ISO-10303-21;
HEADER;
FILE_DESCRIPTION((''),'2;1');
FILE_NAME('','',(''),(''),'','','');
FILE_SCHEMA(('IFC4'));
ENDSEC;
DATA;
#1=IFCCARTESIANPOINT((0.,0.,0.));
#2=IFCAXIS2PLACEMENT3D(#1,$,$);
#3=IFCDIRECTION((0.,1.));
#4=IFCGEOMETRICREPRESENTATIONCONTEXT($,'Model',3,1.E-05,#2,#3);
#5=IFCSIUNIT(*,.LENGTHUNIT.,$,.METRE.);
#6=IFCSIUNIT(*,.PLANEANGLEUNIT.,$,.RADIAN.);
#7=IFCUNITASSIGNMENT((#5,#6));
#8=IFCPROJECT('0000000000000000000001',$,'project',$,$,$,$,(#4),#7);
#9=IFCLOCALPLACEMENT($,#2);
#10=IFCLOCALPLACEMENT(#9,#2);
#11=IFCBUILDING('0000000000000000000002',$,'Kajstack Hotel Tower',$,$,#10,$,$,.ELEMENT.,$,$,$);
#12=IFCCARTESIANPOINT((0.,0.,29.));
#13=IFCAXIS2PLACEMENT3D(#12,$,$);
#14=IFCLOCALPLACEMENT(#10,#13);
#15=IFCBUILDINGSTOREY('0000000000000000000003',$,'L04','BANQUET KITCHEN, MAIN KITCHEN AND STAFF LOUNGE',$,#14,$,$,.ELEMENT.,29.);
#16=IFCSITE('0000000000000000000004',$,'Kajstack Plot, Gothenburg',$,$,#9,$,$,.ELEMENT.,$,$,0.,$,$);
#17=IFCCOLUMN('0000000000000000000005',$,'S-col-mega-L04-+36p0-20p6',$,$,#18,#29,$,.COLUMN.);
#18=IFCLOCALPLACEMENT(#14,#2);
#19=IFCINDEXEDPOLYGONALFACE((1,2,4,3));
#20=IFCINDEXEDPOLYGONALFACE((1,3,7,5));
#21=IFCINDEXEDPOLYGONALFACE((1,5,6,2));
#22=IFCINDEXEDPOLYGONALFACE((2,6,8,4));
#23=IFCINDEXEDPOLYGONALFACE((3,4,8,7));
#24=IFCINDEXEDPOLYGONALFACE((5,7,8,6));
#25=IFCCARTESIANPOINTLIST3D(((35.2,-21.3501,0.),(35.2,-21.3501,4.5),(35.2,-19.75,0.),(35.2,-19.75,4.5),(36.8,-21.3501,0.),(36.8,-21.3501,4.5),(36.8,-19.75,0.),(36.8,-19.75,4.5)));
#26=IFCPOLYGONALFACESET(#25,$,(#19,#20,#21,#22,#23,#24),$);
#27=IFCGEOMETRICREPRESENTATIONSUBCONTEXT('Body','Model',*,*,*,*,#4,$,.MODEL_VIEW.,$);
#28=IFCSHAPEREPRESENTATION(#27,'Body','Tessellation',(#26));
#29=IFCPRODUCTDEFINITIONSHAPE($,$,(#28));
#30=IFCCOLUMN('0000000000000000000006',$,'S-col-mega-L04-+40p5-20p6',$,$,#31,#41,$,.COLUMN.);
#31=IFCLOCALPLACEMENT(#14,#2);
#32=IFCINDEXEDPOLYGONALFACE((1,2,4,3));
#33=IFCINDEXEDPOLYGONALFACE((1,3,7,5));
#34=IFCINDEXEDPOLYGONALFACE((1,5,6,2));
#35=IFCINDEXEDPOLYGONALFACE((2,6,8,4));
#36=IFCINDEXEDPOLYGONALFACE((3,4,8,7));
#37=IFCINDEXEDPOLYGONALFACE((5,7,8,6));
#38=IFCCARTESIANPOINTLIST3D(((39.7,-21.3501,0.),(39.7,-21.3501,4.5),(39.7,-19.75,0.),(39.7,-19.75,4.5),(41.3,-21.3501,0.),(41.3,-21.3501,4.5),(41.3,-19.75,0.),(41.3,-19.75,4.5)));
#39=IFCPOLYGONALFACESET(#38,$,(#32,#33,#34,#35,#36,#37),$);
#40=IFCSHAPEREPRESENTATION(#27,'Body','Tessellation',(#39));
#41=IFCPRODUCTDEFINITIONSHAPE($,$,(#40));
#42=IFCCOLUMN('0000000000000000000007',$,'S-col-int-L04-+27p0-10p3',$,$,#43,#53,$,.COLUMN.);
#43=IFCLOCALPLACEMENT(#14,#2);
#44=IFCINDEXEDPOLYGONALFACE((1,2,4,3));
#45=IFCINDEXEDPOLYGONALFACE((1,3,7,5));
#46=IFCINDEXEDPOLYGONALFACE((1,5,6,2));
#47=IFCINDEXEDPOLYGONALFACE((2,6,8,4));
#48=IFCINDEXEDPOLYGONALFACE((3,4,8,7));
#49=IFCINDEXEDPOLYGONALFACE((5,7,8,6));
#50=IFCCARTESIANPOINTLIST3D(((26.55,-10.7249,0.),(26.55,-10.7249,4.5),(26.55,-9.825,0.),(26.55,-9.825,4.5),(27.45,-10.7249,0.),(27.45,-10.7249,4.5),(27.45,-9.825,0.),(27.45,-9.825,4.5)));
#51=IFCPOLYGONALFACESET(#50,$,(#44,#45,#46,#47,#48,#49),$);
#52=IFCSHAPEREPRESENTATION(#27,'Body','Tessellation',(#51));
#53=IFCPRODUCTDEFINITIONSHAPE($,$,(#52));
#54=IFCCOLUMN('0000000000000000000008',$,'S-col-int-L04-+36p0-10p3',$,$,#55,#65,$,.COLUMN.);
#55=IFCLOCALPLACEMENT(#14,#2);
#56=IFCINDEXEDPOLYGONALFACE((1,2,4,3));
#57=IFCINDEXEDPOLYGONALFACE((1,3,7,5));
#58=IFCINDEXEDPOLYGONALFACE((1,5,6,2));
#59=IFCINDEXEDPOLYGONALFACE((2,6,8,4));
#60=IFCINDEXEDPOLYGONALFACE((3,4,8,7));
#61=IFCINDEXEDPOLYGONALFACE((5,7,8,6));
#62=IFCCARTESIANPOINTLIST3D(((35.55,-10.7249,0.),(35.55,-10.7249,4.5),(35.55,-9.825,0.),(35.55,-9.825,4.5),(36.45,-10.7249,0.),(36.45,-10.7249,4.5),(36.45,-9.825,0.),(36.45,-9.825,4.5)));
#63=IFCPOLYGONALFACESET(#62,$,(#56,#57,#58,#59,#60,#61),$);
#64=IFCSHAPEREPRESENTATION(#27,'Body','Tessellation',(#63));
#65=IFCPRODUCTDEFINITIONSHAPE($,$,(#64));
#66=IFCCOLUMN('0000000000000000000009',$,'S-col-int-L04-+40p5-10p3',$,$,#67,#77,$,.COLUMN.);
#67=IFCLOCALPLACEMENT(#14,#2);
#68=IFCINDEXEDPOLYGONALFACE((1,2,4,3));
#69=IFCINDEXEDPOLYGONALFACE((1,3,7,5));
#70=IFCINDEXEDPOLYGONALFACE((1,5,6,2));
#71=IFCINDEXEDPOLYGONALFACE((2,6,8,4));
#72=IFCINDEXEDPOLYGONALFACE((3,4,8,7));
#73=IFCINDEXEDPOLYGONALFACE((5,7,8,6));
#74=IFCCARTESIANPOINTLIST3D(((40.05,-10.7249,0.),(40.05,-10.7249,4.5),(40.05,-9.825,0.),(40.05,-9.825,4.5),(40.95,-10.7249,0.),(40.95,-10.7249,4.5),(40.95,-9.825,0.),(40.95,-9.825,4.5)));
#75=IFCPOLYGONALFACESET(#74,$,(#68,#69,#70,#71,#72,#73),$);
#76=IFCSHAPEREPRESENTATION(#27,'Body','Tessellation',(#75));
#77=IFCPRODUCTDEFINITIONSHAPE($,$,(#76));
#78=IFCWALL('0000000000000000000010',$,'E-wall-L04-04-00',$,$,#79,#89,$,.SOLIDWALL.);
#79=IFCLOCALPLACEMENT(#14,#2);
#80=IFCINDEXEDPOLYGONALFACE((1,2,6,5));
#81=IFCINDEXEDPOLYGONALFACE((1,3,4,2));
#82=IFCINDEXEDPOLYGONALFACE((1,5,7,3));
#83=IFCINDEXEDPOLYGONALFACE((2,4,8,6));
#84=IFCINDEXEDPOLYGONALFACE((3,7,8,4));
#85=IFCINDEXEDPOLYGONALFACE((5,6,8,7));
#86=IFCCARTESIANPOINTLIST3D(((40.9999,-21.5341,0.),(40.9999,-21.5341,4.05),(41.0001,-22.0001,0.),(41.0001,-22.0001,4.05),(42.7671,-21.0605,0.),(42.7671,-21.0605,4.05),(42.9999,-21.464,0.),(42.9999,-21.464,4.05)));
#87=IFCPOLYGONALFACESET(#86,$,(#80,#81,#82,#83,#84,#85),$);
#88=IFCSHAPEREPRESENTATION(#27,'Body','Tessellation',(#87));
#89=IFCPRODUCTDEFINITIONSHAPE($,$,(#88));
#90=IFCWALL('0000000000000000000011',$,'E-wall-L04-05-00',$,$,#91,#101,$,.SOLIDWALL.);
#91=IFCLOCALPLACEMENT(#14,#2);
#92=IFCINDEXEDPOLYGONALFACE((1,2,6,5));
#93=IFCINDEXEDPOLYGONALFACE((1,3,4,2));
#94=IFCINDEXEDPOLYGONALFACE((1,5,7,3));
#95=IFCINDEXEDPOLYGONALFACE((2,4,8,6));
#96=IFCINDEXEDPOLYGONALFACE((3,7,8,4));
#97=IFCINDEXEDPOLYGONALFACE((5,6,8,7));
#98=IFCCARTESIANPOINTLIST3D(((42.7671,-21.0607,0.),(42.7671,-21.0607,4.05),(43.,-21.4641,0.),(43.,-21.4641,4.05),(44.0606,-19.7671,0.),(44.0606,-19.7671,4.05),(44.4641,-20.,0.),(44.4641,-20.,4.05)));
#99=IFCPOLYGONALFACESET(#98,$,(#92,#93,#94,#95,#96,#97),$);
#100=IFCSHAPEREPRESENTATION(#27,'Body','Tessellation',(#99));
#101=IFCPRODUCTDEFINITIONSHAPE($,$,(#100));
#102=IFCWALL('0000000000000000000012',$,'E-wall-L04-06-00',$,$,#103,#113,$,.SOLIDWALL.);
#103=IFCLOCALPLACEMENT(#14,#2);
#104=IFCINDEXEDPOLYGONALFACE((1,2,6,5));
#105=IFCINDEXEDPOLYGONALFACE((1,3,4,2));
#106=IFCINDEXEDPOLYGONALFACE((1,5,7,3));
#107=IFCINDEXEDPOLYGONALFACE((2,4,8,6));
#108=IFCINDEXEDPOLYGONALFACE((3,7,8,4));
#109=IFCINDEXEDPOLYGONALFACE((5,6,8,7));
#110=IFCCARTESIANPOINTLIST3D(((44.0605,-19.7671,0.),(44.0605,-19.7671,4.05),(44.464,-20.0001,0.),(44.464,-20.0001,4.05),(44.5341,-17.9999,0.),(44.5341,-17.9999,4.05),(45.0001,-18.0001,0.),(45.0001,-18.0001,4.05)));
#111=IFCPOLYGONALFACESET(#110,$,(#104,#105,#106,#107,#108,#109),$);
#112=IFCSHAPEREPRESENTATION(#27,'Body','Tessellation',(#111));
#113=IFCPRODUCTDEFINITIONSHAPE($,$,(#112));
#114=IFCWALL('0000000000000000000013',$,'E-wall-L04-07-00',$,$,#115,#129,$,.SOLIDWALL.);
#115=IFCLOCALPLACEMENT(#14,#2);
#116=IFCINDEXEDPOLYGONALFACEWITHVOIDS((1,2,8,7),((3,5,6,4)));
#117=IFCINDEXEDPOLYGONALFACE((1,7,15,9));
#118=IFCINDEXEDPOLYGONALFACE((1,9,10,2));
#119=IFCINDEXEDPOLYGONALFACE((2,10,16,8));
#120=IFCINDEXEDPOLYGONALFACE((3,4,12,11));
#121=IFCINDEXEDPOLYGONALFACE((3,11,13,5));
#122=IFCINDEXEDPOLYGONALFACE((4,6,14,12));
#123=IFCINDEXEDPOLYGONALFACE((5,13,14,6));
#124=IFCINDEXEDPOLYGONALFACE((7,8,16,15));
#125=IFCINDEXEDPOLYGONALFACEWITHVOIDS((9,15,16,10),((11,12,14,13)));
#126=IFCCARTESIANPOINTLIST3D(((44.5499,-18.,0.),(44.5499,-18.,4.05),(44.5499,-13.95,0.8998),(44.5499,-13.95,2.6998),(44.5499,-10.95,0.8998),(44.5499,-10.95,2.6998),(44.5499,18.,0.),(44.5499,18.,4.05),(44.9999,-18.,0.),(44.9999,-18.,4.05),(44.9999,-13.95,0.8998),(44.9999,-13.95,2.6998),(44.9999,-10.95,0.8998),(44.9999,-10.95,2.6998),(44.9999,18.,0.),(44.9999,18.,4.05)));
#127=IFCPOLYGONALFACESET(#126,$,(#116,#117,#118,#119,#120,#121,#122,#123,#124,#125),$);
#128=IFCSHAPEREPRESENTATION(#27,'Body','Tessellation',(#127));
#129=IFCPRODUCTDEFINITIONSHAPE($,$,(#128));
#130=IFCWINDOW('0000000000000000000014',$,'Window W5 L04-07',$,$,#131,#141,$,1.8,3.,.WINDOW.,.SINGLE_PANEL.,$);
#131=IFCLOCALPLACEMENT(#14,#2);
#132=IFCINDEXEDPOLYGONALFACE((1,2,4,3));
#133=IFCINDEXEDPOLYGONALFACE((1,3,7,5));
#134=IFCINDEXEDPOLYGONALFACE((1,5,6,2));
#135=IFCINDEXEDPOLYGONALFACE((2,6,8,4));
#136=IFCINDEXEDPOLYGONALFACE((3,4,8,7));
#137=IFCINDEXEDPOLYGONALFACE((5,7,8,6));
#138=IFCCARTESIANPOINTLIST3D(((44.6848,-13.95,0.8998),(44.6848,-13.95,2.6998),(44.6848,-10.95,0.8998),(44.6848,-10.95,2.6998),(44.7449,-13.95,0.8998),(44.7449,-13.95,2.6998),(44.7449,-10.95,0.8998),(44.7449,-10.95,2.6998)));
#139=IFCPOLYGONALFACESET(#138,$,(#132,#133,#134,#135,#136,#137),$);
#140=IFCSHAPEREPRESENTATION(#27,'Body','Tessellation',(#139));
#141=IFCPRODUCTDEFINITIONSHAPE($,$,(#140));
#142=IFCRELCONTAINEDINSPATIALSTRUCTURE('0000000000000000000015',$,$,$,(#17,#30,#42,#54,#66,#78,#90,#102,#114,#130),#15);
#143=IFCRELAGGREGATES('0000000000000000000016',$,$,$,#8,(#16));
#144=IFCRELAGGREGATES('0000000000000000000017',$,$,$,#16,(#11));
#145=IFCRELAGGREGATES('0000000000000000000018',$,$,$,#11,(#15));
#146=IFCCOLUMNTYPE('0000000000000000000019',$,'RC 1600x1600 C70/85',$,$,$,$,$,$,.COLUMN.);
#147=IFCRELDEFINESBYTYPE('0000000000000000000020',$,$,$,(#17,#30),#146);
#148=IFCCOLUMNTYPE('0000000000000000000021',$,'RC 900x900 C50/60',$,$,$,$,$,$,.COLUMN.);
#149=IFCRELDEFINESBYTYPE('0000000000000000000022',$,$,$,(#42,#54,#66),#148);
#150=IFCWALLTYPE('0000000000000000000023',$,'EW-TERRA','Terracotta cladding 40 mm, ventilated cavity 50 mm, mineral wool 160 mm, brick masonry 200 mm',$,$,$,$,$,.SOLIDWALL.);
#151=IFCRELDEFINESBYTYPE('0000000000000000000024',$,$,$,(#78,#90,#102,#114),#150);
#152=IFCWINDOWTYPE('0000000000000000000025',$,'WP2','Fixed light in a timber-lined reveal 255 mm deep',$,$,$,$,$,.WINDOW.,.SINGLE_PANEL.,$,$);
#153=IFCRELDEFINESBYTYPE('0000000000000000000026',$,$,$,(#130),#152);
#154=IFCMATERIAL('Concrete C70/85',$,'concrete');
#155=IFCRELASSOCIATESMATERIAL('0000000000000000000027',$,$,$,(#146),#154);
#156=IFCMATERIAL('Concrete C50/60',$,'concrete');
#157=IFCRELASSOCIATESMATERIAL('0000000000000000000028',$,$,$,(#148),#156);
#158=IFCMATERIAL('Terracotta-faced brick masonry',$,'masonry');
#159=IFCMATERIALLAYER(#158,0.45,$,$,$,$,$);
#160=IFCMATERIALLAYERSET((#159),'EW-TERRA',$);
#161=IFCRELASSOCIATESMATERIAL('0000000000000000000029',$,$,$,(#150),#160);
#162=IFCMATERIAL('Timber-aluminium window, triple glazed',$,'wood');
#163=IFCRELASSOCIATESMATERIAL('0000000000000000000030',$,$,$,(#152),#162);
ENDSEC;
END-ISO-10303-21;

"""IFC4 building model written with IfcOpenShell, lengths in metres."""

from ifc_helpers import new_model, si_unit, direction, frame, frame_2d, origin, origin_2d, place, context, subcontext, project, spatial, polyline, rectangle, outline, extrude, material, layer, layer_set, material_profile, profile_set, type_object, element, fill, save


model = new_model("IFC4")

# Units and contexts
model_context = context("Model", 3, precision=1e-05, world=origin(), true_north=direction((0.0, 1.0)))
body_context = subcontext(model_context, "Body", "Model", "MODEL_VIEW")
ifc_project = project(units=[si_unit("LENGTHUNIT", "METRE"), si_unit("PLANEANGLEUNIT", "RADIAN")], contexts=[model_context])

# Site, building, storey
site_placement = place(None, origin())
site = spatial("IfcSite", under=ifc_project, at=site_placement, Name="Kajstack Plot, Gothenburg", CompositionType="ELEMENT", RefElevation=0.0)
building_placement = place(site_placement, origin())
building = spatial("IfcBuilding", under=site, at=building_placement, Name="Kajstack Hotel Tower", CompositionType="ELEMENT")
storey_placement = place(building_placement, frame((0.0, 0.0, 29.0)))
storey = spatial("IfcBuildingStorey", under=building, at=storey_placement, Name="L04", Description="BANQUET KITCHEN, MAIN KITCHEN AND STAFF LOUNGE", CompositionType="ELEMENT", Elevation=29.0)

# Columns
ifc_material_1 = material(Name="Concrete C70/85", Category="concrete")
ifc_material_profile_1 = material_profile(ifc_material_1, rectangle(XDim=1.6001, YDim=1.6001, at=origin_2d()), Name="RC 1600x1600")
ifc_profile_set_1 = profile_set([ifc_material_profile_1], Name="Concrete C70/85")
column_type_1 = type_object("IfcColumnType", Name="RC 1600x1600 C70/85", PredefinedType="COLUMN", material=ifc_profile_set_1)
for number, where, z_axis, x_axis, name in (
    (1, (36.0, -20.55, 0.0), (0.0, 0.0, 1.0), (1.0, 0.0, 0.0), "S-col-mega-L04-+36p0-20p6"),
    (2, (40.5, -20.55, 0.0), (0.0, 0.0, 1.0), (1.0, 0.0, 0.0), "S-col-mega-L04-+40p5-20p6"),
):
    element("IfcColumn", number, at=place(storey_placement, frame(where, z_axis=z_axis, x_axis=x_axis)), inside=storey, type_object=column_type_1, Name=name, PredefinedType="COLUMN", context=body_context, shape_type="SweptSolid", body=[
        extrude(rectangle(XDim=1.6001, YDim=1.6001, at=origin_2d()), origin(), (0.0, 0.0, 1.0), 4.5),
    ])
ifc_material_2 = material(Name="Concrete C50/60", Category="concrete")
ifc_material_profile_2 = material_profile(ifc_material_2, rectangle(XDim=0.8999, YDim=0.8999, at=origin_2d()), Name="RC 900x900")
ifc_profile_set_2 = profile_set([ifc_material_profile_2], Name="Concrete C50/60")
column_type_2 = type_object("IfcColumnType", Name="RC 900x900 C50/60", PredefinedType="COLUMN", material=ifc_profile_set_2)
for number, where, z_axis, x_axis, name in (
    (3, (27.0, -10.2749, 0.0), (0.0, 0.0, 1.0), (1.0, 0.0, 0.0), "S-col-int-L04-+27p0-10p3"),
    (4, (36.0, -10.2749, 0.0), (0.0, 0.0, 1.0), (1.0, 0.0, 0.0), "S-col-int-L04-+36p0-10p3"),
    (5, (40.5, -10.2749, 0.0), (0.0, 0.0, 1.0), (1.0, 0.0, 0.0), "S-col-int-L04-+40p5-10p3"),
):
    element("IfcColumn", number, at=place(storey_placement, frame(where, z_axis=z_axis, x_axis=x_axis)), inside=storey, type_object=column_type_2, Name=name, PredefinedType="COLUMN", context=body_context, shape_type="SweptSolid", body=[
        extrude(rectangle(XDim=0.8999, YDim=0.8999, at=origin_2d()), origin(), (0.0, 0.0, 1.0), 4.5),
    ])

# Walls
ifc_material_3 = material(Name="Terracotta-faced brick masonry", Category="masonry")
ifc_layer_1 = layer(ifc_material_3, 0.45)
ifc_layer_set_1 = layer_set([ifc_layer_1], Name="EW-TERRA")
wall_type_1 = type_object("IfcWallType", Name="EW-TERRA", Description="Terracotta cladding 40 mm, ventilated cavity 50 mm, mineral wool 160 mm, brick masonry 200 mm", PredefinedType="SOLIDWALL", material=ifc_layer_set_1)
wall_1_placement = place(storey_placement, frame((40.9417, -21.7827, 0.0), z_axis=(0.0, 0.0, 1.0), x_axis=(0.965927, 0.258815, 0.0)))
element("IfcWall", 6, at=wall_1_placement, inside=storey, type_object=wall_type_1, Name="E-wall-L04-04-00", PredefinedType="SOLIDWALL", context=body_context, shape_type="SweptSolid", body=[
    extrude(outline(polyline([(0.0002, -0.2251), (2.0706, -0.2249), (1.9502, 0.2251), (0.1206, 0.2251), (0.0002, -0.2251)])), origin(), (0.0, 0.0, 1.0), 4.05),
])
wall_2_placement = place(storey_placement, frame((42.8408, -21.3049, 0.0), z_axis=(0.0, 0.0, 1.0), x_axis=(0.707107, 0.707107, 0.0)))
element("IfcWall", 7, at=wall_2_placement, inside=storey, type_object=wall_type_1, Name="E-wall-L04-05-00", PredefinedType="SOLIDWALL", context=body_context, shape_type="SweptSolid", body=[
    extrude(outline(polyline([(0.0, -0.2251), (2.0706, -0.2251), (1.95, 0.2249), (0.1206, 0.2249), (0.0, -0.2251)])), origin(), (0.0, 0.0, 1.0), 4.05),
])
wall_3_placement = place(storey_placement, frame((44.2468, -19.9417, 0.0), z_axis=(0.0, 0.0, 1.0), x_axis=(0.258815, 0.965927, 0.0)))
element("IfcWall", 8, at=wall_3_placement, inside=storey, type_object=wall_type_1, Name="E-wall-L04-06-00", PredefinedType="SOLIDWALL", context=body_context, shape_type="SweptSolid", body=[
    extrude(outline(polyline([(-0.0002, -0.2249), (2.0703, -0.2251), (1.95, 0.2251), (0.1204, 0.2251), (-0.0002, -0.2249)])), origin(), (0.0, 0.0, 1.0), 4.05),
])

# Wall, opening, window
wall_4_placement = place(storey_placement, frame((44.7749, -18.0, 0.0), z_axis=(0.0, 0.0, 1.0), x_axis=(0.0, 1.0, 0.0)))
wall_4 = element("IfcWall", 9, at=wall_4_placement, inside=storey, type_object=wall_type_1, Name="E-wall-L04-07-00", PredefinedType="SOLIDWALL", context=body_context, shape_type="SweptSolid", body=[
    extrude(rectangle(XDim=36.0, YDim=0.45, at=frame_2d((18.0, 0.0))), origin(), (0.0, 0.0, 1.0), 4.05),
])
opening_1_placement = place(wall_4_placement, frame((4.05, 0.0, 0.8999)))
opening_1 = element("IfcOpeningElement", 10, at=opening_1_placement, cuts=wall_4, PredefinedType="OPENING", context=body_context, shape_type="SweptSolid", body=[
    extrude(rectangle(XDim=3.0, YDim=1.8, at=frame_2d((1.5, 0.8999))), frame((0.0, 0.2349, 0.0), z_axis=(0.0, -1.0, 0.0), x_axis=(1.0, 0.0, 0.0)), (0.0, 0.0, 1.0), 0.47),
])
ifc_material_4 = material(Name="Timber-aluminium window, triple glazed", Category="wood")
window_type = type_object("IfcWindowType", Name="WP2", Description="Fixed light in a timber-lined reveal 255 mm deep", PartitioningType="SINGLE_PANEL", PredefinedType="WINDOW", material=ifc_material_4)
window_placement = place(opening_1_placement, origin())
window = element("IfcWindow", 11, at=window_placement, inside=storey, type_object=window_type, Name="Window W5 L04-07", OverallHeight=1.8, OverallWidth=3.0, PartitioningType="SINGLE_PANEL", PredefinedType="WINDOW", context=body_context, shape_type="SweptSolid", body=[
    extrude(rectangle(XDim=3.0, YDim=1.8, at=frame_2d((1.5, 0.8999))), frame((0.0, 0.0901, 0.0), z_axis=(0.0, -1.0, 0.0), x_axis=(1.0, 0.0, 0.0)), (0.0, 0.0, 1.0), 0.0601),
])
fill(opening_1, window)

save(model, "model.ifc")
